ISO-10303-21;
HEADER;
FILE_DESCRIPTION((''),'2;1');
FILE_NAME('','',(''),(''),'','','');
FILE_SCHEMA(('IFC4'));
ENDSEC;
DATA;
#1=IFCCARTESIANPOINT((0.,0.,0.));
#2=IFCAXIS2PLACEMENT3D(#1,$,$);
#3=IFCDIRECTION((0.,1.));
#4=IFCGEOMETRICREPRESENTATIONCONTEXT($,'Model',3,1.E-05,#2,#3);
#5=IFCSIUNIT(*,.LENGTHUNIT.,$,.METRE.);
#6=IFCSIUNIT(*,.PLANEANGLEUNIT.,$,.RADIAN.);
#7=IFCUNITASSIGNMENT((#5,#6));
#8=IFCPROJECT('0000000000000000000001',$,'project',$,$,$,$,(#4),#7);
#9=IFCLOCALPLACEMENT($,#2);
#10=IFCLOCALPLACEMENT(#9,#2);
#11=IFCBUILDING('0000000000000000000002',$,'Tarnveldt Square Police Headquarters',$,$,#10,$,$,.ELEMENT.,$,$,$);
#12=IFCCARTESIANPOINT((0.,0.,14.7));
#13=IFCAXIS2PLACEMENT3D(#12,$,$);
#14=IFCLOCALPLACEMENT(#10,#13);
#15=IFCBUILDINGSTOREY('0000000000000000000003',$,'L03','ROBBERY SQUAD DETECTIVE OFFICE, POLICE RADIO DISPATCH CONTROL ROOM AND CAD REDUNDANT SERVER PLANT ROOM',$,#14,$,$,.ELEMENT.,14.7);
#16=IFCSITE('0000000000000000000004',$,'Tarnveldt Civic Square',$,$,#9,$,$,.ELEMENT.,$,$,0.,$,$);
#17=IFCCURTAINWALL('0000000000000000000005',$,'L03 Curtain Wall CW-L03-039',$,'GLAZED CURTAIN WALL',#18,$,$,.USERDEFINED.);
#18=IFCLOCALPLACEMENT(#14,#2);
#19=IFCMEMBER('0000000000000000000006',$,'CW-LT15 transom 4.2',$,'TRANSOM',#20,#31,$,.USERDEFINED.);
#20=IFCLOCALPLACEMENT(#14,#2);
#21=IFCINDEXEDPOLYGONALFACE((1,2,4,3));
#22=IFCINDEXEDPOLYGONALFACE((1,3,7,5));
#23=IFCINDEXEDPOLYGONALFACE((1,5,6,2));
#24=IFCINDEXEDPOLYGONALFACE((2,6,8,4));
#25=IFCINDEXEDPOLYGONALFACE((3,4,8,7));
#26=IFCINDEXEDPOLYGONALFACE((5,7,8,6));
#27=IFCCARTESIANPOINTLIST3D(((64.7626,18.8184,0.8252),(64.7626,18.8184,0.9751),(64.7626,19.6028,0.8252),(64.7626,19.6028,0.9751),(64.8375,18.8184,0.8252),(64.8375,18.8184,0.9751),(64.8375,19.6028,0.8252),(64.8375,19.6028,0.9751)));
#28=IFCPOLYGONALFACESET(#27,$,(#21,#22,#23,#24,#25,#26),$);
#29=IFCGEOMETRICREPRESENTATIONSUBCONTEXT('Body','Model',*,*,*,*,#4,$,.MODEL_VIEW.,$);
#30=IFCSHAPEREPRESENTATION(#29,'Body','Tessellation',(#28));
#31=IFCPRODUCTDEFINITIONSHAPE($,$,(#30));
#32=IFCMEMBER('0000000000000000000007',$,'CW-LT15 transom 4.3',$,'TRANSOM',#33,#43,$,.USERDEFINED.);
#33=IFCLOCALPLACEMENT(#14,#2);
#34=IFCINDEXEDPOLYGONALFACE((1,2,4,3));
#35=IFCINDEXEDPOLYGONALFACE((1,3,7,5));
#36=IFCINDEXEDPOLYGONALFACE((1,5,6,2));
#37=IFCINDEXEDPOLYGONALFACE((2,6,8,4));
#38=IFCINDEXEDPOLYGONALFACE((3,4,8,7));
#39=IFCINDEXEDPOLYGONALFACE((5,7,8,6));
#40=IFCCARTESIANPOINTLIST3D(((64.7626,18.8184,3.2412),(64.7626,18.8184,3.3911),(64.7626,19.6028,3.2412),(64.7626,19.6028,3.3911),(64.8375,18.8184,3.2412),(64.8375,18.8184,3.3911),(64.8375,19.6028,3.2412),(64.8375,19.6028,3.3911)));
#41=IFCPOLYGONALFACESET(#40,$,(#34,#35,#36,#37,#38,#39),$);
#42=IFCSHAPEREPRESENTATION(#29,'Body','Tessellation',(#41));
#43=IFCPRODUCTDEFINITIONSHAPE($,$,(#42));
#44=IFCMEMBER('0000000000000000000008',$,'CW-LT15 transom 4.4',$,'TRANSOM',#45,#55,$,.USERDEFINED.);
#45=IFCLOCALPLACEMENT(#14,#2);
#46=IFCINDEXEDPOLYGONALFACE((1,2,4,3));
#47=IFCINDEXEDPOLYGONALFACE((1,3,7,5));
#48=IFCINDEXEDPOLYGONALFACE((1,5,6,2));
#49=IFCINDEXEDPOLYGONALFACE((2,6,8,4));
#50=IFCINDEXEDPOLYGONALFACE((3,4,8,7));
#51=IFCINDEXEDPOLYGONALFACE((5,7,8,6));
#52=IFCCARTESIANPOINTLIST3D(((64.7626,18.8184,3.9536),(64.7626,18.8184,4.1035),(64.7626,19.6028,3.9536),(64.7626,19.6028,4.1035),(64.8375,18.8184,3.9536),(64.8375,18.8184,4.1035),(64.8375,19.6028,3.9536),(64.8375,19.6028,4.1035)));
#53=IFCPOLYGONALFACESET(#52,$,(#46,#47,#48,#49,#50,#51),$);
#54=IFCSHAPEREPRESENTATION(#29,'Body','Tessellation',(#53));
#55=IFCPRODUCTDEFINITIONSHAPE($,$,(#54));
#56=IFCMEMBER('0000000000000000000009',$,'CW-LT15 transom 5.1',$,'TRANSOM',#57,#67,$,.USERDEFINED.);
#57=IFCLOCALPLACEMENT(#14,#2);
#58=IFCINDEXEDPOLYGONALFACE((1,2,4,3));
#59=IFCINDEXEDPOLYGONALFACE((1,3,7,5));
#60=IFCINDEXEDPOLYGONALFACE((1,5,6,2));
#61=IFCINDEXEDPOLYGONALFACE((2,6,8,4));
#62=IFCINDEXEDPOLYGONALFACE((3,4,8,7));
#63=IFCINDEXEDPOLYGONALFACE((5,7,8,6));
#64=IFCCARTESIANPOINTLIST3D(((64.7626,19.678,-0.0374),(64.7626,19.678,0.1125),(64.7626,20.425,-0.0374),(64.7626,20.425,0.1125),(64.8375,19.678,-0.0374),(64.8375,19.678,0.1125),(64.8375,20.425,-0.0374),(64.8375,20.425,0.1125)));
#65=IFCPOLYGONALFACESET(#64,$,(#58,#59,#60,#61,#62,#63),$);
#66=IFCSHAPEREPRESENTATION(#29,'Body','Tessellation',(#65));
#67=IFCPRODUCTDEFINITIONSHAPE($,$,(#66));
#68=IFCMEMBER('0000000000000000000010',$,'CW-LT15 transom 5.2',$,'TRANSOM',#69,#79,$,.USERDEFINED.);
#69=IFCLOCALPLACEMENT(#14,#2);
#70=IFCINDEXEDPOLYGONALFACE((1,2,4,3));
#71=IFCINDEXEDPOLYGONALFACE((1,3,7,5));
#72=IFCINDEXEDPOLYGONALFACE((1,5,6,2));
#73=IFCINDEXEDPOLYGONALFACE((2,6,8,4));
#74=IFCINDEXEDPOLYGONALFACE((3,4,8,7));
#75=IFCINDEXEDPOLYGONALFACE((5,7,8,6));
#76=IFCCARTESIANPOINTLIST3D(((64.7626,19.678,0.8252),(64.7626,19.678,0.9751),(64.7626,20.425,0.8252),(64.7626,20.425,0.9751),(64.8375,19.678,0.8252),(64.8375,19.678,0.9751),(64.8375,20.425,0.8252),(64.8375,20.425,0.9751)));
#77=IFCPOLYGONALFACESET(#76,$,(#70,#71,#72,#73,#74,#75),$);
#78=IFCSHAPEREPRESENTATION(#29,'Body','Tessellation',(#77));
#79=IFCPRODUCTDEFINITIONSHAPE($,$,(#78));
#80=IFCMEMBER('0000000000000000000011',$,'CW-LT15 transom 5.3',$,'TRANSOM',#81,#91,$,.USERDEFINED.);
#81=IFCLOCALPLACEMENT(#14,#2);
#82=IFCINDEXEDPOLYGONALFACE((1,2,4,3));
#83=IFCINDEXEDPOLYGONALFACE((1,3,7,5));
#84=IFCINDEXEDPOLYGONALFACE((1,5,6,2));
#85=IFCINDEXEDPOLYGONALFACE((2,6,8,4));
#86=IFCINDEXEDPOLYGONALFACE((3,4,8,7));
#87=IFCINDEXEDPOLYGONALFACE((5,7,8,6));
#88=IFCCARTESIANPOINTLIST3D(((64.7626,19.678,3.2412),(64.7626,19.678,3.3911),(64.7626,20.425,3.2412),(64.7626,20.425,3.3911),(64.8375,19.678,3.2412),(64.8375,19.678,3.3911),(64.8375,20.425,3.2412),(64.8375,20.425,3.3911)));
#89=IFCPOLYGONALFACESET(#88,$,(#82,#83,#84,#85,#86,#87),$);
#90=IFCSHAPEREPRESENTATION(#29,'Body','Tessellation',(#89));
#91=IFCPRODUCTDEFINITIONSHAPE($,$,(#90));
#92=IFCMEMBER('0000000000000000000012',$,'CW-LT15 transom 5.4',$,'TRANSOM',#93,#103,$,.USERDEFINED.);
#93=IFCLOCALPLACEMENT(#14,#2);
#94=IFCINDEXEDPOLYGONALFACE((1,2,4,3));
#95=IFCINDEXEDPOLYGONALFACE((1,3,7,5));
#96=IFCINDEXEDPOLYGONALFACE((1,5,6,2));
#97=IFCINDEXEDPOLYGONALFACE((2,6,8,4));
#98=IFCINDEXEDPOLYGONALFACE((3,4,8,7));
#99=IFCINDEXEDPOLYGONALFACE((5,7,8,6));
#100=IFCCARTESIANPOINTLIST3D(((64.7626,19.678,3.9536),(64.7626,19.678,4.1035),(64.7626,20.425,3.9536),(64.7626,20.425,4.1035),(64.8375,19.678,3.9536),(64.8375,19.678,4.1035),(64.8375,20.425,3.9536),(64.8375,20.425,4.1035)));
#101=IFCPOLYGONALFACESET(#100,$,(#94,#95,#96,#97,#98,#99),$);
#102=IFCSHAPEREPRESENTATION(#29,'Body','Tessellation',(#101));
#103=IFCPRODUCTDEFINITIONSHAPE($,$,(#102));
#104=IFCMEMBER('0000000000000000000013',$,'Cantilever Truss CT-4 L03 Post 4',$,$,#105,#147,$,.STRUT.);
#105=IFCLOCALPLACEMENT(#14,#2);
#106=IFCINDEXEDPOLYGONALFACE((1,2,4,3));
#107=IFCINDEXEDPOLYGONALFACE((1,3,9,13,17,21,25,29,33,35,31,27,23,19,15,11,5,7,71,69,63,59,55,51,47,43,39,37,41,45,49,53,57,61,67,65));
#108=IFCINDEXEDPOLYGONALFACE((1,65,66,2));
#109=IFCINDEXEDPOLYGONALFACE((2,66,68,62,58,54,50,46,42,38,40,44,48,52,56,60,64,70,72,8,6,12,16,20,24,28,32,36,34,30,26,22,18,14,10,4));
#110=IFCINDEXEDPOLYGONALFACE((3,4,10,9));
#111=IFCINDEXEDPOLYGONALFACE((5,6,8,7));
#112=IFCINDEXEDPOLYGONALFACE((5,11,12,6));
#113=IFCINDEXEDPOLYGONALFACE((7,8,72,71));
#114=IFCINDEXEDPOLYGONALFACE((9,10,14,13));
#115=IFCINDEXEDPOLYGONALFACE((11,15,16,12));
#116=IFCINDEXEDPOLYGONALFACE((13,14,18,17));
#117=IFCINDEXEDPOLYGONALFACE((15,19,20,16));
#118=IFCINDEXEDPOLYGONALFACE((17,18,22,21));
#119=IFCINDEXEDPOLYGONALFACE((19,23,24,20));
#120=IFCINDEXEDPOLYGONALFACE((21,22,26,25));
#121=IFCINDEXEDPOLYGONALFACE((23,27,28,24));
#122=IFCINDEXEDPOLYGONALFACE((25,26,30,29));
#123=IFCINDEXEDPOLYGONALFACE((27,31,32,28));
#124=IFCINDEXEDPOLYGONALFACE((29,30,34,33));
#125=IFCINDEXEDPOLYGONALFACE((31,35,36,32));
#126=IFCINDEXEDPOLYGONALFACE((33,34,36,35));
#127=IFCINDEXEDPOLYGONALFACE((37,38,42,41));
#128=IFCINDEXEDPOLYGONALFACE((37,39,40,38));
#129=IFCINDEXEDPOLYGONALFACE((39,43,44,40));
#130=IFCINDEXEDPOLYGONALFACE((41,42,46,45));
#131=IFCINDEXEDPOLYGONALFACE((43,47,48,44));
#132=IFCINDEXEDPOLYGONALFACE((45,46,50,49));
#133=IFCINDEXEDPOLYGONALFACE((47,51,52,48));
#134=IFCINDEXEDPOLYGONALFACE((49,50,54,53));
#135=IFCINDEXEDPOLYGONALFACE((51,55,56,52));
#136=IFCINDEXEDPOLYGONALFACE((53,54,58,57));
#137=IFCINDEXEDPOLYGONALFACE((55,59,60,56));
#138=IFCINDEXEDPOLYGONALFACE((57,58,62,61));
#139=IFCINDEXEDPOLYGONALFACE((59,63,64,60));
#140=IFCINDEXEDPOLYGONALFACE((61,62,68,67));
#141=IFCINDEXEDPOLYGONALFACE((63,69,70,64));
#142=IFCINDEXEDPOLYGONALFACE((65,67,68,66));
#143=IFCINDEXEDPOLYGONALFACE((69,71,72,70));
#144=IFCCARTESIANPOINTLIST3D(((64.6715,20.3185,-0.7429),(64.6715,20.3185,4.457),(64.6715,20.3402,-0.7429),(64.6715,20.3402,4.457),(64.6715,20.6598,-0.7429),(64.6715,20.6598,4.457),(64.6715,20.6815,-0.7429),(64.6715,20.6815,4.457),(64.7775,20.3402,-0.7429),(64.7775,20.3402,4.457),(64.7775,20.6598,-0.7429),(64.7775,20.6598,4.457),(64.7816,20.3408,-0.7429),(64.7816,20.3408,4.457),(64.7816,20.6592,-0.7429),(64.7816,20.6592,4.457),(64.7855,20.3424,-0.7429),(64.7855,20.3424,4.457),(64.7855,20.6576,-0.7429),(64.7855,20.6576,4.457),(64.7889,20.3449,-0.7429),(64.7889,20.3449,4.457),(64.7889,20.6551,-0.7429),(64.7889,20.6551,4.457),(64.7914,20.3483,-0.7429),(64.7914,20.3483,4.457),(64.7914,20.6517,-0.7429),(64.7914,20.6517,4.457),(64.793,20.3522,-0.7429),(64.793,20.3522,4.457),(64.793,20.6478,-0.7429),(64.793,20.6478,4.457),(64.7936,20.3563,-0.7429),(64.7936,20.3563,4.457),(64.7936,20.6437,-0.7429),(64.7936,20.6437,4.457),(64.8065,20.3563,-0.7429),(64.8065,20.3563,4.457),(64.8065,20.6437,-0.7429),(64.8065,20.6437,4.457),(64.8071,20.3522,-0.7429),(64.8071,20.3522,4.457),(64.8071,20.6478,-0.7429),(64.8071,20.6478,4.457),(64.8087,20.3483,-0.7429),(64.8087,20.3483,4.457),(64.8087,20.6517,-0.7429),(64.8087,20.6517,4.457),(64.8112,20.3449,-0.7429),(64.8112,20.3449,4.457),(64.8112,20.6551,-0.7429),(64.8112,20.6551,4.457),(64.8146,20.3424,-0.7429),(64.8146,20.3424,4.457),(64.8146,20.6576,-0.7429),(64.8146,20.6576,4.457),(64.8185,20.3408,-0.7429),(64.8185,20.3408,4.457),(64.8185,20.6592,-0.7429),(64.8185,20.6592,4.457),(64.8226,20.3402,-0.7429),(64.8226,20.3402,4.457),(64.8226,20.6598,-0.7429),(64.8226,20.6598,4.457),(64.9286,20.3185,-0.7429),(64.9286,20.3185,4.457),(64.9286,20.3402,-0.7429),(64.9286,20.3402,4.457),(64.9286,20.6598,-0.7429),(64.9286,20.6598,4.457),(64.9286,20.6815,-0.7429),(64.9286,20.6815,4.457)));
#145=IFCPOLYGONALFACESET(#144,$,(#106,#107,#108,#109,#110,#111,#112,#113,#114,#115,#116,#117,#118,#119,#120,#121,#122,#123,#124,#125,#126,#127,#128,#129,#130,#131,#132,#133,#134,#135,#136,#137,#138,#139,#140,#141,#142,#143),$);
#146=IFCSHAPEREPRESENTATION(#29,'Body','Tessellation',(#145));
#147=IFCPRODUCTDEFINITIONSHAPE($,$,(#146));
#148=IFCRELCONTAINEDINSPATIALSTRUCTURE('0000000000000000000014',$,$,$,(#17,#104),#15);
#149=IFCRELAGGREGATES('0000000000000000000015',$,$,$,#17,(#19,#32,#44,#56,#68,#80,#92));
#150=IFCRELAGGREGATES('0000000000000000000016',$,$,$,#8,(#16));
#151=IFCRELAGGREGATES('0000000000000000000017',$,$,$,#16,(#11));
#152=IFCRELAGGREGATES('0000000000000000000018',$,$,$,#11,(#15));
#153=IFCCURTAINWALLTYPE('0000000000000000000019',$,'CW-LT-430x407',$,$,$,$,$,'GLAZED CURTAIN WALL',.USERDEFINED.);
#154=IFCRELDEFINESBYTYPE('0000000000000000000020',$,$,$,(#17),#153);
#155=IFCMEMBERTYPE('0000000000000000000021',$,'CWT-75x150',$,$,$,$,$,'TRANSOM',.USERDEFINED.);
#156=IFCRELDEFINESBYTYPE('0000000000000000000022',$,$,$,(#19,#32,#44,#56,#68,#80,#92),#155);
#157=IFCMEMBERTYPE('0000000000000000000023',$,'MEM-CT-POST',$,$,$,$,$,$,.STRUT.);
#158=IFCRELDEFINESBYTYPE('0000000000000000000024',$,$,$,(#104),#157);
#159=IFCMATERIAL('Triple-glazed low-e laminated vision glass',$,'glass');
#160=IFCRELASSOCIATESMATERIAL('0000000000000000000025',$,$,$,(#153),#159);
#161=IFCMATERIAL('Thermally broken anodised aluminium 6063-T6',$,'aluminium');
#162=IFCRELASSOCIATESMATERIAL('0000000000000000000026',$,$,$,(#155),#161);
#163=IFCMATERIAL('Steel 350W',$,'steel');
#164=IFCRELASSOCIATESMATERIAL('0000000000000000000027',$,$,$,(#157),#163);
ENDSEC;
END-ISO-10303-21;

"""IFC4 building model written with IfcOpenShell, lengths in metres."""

from ifc_helpers import new_model, si_unit, direction, frame, origin, origin_2d, place, context, subcontext, project, spatial, rectangle, i_section, extrude, material, material_profile, profile_set, type_object, element, aggregate, save


model = new_model("IFC4")

# Units and contexts
model_context = context("Model", 3, precision=1e-05, world=origin(), true_north=direction((0.0, 1.0)))
body_context = subcontext(model_context, "Body", "Model", "MODEL_VIEW")
ifc_project = project(units=[si_unit("LENGTHUNIT", "METRE"), si_unit("PLANEANGLEUNIT", "RADIAN")], contexts=[model_context])

# Site, building, storey
site_placement = place(None, origin())
site = spatial("IfcSite", under=ifc_project, at=site_placement, Name="Tarnveldt Civic Square", CompositionType="ELEMENT", RefElevation=0.0)
building_placement = place(site_placement, origin())
building = spatial("IfcBuilding", under=site, at=building_placement, Name="Tarnveldt Square Police Headquarters", CompositionType="ELEMENT")
storey_placement = place(building_placement, frame((0.0, 0.0, 14.7)))
storey = spatial("IfcBuildingStorey", under=building, at=storey_placement, Name="L03", Description="ROBBERY SQUAD DETECTIVE OFFICE, POLICE RADIO DISPATCH CONTROL ROOM AND CAD REDUNDANT SERVER PLANT ROOM", CompositionType="ELEMENT", Elevation=14.7)

# Shared definitions
ifc_material_1 = material(Name="Steel 350W", Category="steel")

# Curtain wall, members
ifc_material_2 = material(Name="Triple-glazed low-e laminated vision glass", Category="glass")
curtain_wall_type = type_object("IfcCurtainWallType", Name="CW-LT-430x407", ElementType="GLAZED CURTAIN WALL", PredefinedType="USERDEFINED", material=ifc_material_2)
curtain_wall_placement = place(storey_placement, origin())
curtain_wall = element("IfcCurtainWall", 1, at=curtain_wall_placement, inside=storey, type_object=curtain_wall_type, Name="L03 Curtain Wall CW-L03-039", ObjectType="GLAZED CURTAIN WALL", PredefinedType="USERDEFINED")
ifc_material_3 = material(Name="Thermally broken anodised aluminium 6063-T6", Category="aluminium")
ifc_material_profile_1 = material_profile(ifc_material_3, rectangle(XDim=0.075, YDim=0.1499, at=origin_2d()), Name="CW-T75x150")
ifc_profile_set_1 = profile_set([ifc_material_profile_1], Name="Thermally broken anodised aluminium 6063-T6")
member_type_1 = type_object("IfcMemberType", Name="CWT-75x150", ElementType="TRANSOM", PredefinedType="USERDEFINED", material=ifc_profile_set_1)
member_1_placement = place(storey_placement, frame((64.8, 18.8184, 0.9001), z_axis=(0.0, 1.0, 0.0), x_axis=(-1.0, 0.0, 0.0)))
member_1 = element("IfcMember", 2, at=member_1_placement, type_object=member_type_1, Name="CW-LT15 transom 4.2", ObjectType="TRANSOM", PredefinedType="USERDEFINED", context=body_context, shape_type="SweptSolid", body=[
    extrude(rectangle(XDim=0.075, YDim=0.1499, at=origin_2d()), origin(), (0.0, 0.0, 1.0), 0.7844),
])
member_2_placement = place(storey_placement, frame((64.8, 18.8184, 3.3162), z_axis=(0.0, 1.0, 0.0), x_axis=(-1.0, 0.0, 0.0)))
member_2 = element("IfcMember", 3, at=member_2_placement, type_object=member_type_1, Name="CW-LT15 transom 4.3", ObjectType="TRANSOM", PredefinedType="USERDEFINED", context=body_context, shape_type="SweptSolid", body=[
    extrude(rectangle(XDim=0.075, YDim=0.1499, at=origin_2d()), origin(), (0.0, 0.0, 1.0), 0.7844),
])
member_3_placement = place(storey_placement, frame((64.8, 18.8184, 4.0286), z_axis=(0.0, 1.0, 0.0), x_axis=(-1.0, 0.0, 0.0)))
member_3 = element("IfcMember", 4, at=member_3_placement, type_object=member_type_1, Name="CW-LT15 transom 4.4", ObjectType="TRANSOM", PredefinedType="USERDEFINED", context=body_context, shape_type="SweptSolid", body=[
    extrude(rectangle(XDim=0.075, YDim=0.1499, at=origin_2d()), origin(), (0.0, 0.0, 1.0), 0.7844),
])
member_4_placement = place(storey_placement, frame((64.8, 19.678, 0.0376), z_axis=(0.0, 1.0, 0.0), x_axis=(-1.0, 0.0, 0.0)))
member_4 = element("IfcMember", 5, at=member_4_placement, type_object=member_type_1, Name="CW-LT15 transom 5.1", ObjectType="TRANSOM", PredefinedType="USERDEFINED", context=body_context, shape_type="SweptSolid", body=[
    extrude(rectangle(XDim=0.075, YDim=0.1499, at=origin_2d()), origin(), (0.0, 0.0, 1.0), 0.7471),
])
member_5_placement = place(storey_placement, frame((64.8, 19.678, 0.9001), z_axis=(0.0, 1.0, 0.0), x_axis=(-1.0, 0.0, 0.0)))
member_5 = element("IfcMember", 6, at=member_5_placement, type_object=member_type_1, Name="CW-LT15 transom 5.2", ObjectType="TRANSOM", PredefinedType="USERDEFINED", context=body_context, shape_type="SweptSolid", body=[
    extrude(rectangle(XDim=0.075, YDim=0.1499, at=origin_2d()), origin(), (0.0, 0.0, 1.0), 0.7471),
])
member_6_placement = place(storey_placement, frame((64.8, 19.678, 3.3162), z_axis=(0.0, 1.0, 0.0), x_axis=(-1.0, 0.0, 0.0)))
member_6 = element("IfcMember", 7, at=member_6_placement, type_object=member_type_1, Name="CW-LT15 transom 5.3", ObjectType="TRANSOM", PredefinedType="USERDEFINED", context=body_context, shape_type="SweptSolid", body=[
    extrude(rectangle(XDim=0.075, YDim=0.1499, at=origin_2d()), origin(), (0.0, 0.0, 1.0), 0.7471),
])
member_7_placement = place(storey_placement, frame((64.8, 19.678, 4.0286), z_axis=(0.0, 1.0, 0.0), x_axis=(-1.0, 0.0, 0.0)))
member_7 = element("IfcMember", 8, at=member_7_placement, type_object=member_type_1, Name="CW-LT15 transom 5.4", ObjectType="TRANSOM", PredefinedType="USERDEFINED", context=body_context, shape_type="SweptSolid", body=[
    extrude(rectangle(XDim=0.075, YDim=0.1499, at=origin_2d()), origin(), (0.0, 0.0, 1.0), 0.7471),
])

# Member
ifc_material_profile_2 = material_profile(ifc_material_1, i_section(OverallWidth=0.2571, OverallDepth=0.363, WebThickness=0.0129, FlangeThickness=0.0217, FilletRadius=0.0161, at=origin_2d()), Name="W360x122")
ifc_profile_set_2 = profile_set([ifc_material_profile_2], Name="Steel 350W")
member_type_2 = type_object("IfcMemberType", Name="MEM-CT-POST", PredefinedType="STRUT", material=ifc_profile_set_2)
member_8_placement = place(storey_placement, frame((64.8, 20.5, -0.7429), z_axis=(0.0, 0.0, 1.0), x_axis=(1.0, 0.0, 0.0)))
element("IfcMember", 9, at=member_8_placement, inside=storey, type_object=member_type_2, Name="Cantilever Truss CT-4 L03 Post 4", PredefinedType="STRUT", context=body_context, shape_type="SweptSolid", body=[
    extrude(i_section(OverallWidth=0.2571, OverallDepth=0.363, WebThickness=0.0129, FlangeThickness=0.0217, FilletRadius=0.0161, at=origin_2d()), origin(), (0.0, 0.0, 1.0), 5.2),
])

aggregate(curtain_wall, [member_1, member_2, member_3, member_4, member_5, member_6, member_7])

save(model, "model.ifc")
